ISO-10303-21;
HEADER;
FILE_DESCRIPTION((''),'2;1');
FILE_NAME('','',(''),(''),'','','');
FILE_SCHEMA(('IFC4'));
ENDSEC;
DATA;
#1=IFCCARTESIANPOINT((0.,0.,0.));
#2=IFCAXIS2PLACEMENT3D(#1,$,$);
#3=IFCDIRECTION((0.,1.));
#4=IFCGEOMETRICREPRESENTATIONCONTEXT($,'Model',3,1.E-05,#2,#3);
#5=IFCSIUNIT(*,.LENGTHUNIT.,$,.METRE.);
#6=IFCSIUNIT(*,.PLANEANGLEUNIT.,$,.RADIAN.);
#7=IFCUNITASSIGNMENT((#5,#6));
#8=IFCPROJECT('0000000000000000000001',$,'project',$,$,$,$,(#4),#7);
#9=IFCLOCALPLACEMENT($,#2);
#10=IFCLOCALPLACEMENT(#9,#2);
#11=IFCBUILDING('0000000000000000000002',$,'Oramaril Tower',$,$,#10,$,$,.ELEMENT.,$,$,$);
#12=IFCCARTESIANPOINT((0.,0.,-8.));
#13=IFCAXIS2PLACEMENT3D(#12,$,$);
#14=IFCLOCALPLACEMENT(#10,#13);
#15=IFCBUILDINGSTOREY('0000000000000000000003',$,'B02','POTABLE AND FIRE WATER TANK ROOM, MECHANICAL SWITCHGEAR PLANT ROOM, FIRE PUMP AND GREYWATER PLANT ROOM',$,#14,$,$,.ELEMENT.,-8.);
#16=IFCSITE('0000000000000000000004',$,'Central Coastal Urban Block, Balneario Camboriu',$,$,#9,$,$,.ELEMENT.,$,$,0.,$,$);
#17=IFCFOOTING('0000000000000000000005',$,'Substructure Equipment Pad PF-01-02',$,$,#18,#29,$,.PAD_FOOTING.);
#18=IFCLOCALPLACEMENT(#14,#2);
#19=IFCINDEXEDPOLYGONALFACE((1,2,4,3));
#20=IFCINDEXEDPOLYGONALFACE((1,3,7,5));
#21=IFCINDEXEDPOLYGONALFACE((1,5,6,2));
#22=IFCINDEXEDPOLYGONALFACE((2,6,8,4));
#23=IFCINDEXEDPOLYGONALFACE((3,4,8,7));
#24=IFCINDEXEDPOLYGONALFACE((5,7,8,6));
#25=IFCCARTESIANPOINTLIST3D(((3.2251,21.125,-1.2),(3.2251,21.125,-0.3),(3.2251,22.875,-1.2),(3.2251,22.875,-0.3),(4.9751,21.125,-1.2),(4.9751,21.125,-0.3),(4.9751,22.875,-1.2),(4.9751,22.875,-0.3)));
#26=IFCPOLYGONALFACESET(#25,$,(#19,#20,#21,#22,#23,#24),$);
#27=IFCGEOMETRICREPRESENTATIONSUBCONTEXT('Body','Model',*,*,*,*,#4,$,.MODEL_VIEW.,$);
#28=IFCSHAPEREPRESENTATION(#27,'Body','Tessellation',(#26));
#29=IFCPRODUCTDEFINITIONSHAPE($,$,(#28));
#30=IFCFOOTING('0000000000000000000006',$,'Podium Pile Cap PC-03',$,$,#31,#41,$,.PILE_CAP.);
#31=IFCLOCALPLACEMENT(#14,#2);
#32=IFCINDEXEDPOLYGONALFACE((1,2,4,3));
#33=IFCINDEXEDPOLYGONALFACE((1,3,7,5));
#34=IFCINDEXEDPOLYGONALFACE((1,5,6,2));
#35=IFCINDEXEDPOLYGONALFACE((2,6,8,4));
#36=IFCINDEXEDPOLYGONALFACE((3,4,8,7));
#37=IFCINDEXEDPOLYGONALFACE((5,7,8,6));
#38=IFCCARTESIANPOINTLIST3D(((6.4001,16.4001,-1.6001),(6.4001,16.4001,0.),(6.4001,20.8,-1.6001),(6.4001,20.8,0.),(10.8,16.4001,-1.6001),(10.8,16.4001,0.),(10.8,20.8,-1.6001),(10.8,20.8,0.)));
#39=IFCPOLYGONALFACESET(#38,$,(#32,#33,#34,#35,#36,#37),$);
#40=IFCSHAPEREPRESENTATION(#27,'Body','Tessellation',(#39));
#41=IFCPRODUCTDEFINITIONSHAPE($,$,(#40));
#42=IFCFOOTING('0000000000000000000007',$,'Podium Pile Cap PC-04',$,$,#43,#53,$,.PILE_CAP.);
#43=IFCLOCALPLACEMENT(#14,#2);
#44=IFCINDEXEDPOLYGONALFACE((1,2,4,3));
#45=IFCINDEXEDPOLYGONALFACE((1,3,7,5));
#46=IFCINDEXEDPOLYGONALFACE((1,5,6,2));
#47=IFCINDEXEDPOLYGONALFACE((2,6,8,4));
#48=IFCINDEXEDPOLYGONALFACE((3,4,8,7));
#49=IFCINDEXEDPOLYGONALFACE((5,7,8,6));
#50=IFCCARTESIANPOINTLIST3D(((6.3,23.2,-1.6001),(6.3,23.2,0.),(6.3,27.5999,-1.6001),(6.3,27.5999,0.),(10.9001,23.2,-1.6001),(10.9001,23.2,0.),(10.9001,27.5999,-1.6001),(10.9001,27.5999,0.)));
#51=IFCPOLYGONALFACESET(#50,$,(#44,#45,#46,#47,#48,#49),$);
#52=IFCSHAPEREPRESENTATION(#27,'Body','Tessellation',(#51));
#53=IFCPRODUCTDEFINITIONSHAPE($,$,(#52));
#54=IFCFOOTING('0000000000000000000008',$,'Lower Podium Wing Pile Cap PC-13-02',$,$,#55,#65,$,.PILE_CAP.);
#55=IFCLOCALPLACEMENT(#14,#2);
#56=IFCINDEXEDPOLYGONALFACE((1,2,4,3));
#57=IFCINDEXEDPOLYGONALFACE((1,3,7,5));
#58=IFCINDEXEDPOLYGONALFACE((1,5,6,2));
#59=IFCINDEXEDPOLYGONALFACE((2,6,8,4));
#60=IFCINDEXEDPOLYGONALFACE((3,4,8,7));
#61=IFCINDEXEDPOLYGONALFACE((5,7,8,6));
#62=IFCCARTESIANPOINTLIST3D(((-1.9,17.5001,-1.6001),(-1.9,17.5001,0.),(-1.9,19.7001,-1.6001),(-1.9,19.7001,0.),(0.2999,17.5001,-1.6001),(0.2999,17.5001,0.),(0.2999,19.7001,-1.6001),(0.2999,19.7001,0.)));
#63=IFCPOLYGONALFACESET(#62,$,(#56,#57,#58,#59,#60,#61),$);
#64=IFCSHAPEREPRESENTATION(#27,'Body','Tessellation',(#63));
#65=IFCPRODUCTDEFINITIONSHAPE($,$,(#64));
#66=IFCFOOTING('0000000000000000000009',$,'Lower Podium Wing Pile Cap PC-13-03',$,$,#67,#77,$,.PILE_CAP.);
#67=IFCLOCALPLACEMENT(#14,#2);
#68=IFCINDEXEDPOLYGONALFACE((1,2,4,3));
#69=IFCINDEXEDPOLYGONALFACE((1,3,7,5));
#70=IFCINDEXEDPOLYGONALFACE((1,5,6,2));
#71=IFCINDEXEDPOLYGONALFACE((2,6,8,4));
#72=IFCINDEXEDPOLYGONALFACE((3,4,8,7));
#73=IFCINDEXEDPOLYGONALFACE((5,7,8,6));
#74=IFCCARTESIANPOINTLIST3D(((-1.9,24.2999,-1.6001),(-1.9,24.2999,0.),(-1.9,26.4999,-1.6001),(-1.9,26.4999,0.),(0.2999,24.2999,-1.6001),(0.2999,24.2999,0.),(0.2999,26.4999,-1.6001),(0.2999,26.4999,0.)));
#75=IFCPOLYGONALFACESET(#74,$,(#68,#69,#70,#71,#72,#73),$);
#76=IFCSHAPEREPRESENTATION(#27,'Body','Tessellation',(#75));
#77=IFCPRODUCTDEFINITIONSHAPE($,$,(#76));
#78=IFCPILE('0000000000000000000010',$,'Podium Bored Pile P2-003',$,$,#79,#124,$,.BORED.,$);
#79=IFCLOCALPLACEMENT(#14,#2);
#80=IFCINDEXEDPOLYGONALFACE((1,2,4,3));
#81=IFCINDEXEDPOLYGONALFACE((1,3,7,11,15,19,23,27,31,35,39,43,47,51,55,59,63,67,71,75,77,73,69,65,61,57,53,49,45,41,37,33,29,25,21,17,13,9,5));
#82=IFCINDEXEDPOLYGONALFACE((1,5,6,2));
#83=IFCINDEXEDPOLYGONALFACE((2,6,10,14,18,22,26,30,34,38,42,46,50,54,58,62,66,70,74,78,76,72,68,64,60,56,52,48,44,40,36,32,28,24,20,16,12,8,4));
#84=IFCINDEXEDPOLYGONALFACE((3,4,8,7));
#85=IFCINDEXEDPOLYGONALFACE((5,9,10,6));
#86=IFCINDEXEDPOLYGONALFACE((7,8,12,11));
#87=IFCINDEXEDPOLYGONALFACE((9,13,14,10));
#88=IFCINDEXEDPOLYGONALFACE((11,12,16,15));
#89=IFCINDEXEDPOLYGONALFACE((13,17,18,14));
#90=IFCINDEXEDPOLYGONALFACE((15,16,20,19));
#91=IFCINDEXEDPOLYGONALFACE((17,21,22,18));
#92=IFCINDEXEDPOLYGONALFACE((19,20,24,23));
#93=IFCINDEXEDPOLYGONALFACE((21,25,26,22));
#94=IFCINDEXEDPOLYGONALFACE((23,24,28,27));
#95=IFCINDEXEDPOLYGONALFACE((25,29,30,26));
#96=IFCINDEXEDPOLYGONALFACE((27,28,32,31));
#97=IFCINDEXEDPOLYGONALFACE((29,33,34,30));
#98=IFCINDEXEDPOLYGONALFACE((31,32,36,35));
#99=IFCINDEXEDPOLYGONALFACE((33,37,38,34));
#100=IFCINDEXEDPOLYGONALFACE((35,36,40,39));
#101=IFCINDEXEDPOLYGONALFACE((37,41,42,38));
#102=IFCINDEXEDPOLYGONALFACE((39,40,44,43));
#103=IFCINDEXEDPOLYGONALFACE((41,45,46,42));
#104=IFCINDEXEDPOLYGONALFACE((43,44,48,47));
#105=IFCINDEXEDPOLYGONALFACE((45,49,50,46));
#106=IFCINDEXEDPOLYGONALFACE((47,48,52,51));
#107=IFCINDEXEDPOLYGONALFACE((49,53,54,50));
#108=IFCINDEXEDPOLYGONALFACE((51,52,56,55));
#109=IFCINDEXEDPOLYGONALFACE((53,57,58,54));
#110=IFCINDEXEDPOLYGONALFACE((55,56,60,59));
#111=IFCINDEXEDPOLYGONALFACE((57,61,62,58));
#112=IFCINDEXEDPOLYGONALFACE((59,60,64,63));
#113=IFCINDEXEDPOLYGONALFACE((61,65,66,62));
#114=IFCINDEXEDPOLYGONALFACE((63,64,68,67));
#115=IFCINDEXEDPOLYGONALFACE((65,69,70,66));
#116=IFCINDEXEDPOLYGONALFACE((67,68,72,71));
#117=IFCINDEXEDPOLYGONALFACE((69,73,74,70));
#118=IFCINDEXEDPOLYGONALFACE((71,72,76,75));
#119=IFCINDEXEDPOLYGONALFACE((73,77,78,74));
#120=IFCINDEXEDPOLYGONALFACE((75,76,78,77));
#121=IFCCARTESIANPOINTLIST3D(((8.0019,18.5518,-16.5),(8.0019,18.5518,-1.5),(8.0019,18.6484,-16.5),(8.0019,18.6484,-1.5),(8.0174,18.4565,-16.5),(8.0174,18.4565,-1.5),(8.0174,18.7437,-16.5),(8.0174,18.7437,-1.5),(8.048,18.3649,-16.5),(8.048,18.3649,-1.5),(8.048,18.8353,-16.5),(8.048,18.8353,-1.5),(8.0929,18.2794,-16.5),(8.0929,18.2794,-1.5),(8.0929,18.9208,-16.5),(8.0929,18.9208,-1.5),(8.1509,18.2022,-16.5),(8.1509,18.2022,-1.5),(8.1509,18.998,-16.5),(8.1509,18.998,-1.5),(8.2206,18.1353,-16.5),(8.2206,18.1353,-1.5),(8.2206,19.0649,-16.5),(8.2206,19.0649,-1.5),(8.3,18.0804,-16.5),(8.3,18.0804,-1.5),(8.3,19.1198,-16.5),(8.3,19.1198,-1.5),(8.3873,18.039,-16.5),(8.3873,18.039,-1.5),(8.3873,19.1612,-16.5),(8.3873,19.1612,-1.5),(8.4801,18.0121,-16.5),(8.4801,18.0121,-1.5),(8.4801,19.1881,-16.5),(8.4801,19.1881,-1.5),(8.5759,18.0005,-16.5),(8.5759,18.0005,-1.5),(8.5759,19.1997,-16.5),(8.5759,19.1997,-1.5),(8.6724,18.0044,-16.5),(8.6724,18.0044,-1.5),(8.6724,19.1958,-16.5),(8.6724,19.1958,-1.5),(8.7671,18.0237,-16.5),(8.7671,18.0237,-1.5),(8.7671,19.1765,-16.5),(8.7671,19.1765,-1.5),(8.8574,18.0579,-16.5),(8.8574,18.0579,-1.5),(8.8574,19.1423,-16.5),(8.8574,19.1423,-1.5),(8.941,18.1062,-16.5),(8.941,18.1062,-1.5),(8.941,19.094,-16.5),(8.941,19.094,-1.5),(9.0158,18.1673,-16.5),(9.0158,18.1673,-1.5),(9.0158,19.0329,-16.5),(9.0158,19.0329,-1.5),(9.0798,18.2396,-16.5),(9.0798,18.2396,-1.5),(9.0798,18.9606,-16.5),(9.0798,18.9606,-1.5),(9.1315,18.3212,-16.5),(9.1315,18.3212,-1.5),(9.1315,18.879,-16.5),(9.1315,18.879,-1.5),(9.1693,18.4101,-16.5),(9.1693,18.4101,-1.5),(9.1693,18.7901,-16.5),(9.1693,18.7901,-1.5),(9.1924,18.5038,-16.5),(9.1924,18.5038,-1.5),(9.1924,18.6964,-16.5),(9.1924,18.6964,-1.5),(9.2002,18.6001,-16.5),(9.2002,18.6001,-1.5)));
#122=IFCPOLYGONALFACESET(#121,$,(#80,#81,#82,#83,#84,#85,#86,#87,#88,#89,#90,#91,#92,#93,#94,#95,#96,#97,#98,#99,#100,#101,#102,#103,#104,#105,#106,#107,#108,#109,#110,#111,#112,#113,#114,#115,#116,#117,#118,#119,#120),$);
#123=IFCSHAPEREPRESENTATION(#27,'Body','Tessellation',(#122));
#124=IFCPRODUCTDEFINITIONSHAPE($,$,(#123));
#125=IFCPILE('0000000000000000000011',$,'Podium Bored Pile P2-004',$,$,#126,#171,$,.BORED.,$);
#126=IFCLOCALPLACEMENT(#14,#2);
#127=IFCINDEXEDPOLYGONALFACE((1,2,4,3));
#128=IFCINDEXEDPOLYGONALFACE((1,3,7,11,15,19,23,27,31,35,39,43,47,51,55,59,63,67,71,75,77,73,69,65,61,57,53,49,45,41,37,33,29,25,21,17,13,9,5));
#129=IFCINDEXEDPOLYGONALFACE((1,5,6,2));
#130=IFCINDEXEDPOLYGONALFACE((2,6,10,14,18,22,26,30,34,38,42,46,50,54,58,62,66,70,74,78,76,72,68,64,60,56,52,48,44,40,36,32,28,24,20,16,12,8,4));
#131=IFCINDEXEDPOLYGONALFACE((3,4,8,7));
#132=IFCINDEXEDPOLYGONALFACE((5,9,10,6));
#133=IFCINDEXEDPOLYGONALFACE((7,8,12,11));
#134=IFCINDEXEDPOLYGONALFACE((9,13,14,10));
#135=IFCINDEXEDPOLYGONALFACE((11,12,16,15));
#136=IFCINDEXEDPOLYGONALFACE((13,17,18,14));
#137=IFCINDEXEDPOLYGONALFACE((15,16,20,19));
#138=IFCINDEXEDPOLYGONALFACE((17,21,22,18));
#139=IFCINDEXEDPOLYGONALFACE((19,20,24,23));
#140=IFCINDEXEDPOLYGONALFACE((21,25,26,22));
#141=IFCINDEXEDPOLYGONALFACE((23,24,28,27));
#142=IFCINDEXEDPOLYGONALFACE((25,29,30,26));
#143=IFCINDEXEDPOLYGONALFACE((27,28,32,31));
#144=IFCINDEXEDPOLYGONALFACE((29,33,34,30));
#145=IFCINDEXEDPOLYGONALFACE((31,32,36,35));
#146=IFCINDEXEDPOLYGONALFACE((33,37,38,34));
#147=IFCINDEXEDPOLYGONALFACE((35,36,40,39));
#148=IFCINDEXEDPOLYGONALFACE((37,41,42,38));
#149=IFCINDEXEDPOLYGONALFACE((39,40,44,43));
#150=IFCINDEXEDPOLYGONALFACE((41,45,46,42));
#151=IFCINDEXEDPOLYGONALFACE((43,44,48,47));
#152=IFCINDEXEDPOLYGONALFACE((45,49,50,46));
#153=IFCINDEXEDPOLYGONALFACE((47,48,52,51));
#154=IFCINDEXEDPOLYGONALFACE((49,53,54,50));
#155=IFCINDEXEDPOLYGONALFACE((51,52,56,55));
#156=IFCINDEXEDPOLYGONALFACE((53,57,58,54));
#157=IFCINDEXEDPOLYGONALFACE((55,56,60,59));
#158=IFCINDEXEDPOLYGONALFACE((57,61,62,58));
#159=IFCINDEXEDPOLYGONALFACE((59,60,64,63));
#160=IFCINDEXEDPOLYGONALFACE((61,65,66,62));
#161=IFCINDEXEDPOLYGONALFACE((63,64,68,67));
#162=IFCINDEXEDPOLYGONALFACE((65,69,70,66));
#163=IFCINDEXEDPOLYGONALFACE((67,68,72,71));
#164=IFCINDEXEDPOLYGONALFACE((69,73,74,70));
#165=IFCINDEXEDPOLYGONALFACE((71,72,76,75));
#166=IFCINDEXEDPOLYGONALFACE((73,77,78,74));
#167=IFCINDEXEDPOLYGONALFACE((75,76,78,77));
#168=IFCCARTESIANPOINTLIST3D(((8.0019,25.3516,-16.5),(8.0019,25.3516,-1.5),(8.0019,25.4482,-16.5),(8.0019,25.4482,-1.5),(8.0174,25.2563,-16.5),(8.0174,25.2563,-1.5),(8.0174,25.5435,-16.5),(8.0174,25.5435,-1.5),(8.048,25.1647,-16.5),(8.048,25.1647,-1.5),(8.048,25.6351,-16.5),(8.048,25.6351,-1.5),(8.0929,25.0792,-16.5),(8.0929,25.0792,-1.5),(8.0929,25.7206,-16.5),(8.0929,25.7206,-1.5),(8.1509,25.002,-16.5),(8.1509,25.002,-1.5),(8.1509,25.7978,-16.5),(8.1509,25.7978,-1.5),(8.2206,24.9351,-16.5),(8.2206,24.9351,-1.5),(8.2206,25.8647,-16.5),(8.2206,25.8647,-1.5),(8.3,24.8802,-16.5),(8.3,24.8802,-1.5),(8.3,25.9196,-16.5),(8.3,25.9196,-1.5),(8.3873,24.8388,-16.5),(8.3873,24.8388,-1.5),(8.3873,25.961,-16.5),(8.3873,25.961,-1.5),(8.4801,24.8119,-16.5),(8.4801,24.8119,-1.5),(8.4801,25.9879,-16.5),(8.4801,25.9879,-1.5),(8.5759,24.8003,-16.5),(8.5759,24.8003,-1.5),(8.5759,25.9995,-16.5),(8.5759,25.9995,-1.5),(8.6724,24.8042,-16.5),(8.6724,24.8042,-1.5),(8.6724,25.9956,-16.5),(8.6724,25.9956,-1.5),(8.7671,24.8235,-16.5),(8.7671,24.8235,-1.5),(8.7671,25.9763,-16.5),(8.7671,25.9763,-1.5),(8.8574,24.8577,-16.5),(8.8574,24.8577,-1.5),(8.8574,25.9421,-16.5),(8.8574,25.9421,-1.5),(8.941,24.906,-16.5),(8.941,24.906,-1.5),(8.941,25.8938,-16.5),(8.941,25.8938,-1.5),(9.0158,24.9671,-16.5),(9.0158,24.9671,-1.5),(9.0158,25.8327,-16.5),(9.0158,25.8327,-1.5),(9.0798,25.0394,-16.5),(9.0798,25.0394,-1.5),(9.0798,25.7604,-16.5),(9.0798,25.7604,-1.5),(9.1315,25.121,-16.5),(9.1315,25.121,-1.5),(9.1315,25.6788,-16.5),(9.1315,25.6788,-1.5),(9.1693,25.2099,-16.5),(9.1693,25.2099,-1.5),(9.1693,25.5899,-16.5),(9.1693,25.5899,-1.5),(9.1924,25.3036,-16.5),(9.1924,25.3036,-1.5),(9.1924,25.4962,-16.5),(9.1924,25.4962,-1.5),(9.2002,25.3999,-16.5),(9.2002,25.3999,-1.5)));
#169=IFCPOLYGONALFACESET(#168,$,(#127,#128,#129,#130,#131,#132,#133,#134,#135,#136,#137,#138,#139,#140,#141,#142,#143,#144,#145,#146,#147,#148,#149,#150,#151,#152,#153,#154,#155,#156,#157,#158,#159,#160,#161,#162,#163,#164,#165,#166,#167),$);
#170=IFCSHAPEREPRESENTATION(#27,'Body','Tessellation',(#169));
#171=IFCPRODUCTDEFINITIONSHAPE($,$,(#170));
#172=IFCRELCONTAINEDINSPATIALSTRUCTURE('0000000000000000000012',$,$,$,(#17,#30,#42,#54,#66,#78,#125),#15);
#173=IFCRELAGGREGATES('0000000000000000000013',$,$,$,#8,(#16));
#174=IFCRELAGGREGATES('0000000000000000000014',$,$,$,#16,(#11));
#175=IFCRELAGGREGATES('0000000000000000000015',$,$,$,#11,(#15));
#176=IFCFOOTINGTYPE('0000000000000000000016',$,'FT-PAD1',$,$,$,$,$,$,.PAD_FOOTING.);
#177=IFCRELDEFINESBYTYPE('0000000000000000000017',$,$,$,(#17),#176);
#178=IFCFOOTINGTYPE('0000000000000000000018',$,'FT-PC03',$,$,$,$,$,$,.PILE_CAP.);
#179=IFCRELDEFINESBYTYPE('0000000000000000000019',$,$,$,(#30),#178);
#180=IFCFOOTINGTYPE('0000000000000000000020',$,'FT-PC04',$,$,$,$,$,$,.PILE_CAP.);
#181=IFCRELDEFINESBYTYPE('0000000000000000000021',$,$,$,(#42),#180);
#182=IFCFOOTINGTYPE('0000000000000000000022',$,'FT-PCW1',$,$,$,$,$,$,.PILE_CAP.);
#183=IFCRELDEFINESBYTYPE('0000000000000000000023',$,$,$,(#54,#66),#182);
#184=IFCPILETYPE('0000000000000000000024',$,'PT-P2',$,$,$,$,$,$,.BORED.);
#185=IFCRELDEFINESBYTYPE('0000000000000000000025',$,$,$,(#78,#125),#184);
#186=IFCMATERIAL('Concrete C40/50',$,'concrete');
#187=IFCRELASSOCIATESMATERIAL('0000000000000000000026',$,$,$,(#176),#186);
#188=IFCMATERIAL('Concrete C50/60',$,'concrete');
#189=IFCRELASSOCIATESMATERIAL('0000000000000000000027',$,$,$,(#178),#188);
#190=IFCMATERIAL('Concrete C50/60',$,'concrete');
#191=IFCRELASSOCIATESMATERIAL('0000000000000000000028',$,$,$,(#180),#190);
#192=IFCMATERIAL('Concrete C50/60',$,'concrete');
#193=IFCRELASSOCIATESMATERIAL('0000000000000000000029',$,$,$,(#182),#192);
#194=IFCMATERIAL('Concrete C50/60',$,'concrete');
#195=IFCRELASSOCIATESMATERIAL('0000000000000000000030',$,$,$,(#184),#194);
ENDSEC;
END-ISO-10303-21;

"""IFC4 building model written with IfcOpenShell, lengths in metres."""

from ifc_helpers import new_model, si_unit, direction, frame, origin, origin_2d, place, context, subcontext, project, spatial, rectangle, circle, extrude, material, material_profile, profile_set, type_object, element, save


model = new_model("IFC4")

# Units and contexts
model_context = context("Model", 3, precision=1e-05, world=origin(), true_north=direction((0.0, 1.0)))
body_context = subcontext(model_context, "Body", "Model", "MODEL_VIEW")
ifc_project = project(units=[si_unit("LENGTHUNIT", "METRE"), si_unit("PLANEANGLEUNIT", "RADIAN")], contexts=[model_context])

# Site, building, storey
site_placement = place(None, origin())
site = spatial("IfcSite", under=ifc_project, at=site_placement, Name="Central Coastal Urban Block, Balneario Camboriu", CompositionType="ELEMENT", RefElevation=0.0)
building_placement = place(site_placement, origin())
building = spatial("IfcBuilding", under=site, at=building_placement, Name="Oramaril Tower", CompositionType="ELEMENT")
storey_placement = place(building_placement, frame((0.0, 0.0, -8.0)))
storey = spatial("IfcBuildingStorey", under=building, at=storey_placement, Name="B02", Description="POTABLE AND FIRE WATER TANK ROOM, MECHANICAL SWITCHGEAR PLANT ROOM, FIRE PUMP AND GREYWATER PLANT ROOM", CompositionType="ELEMENT", Elevation=-8.0)

# Footings
ifc_material_1 = material(Name="Concrete C40/50", Category="concrete")
footing_type_1 = type_object("IfcFootingType", Name="FT-PAD1", PredefinedType="PAD_FOOTING", material=ifc_material_1)
footing_1_placement = place(storey_placement, frame((4.1001, 22.0, -1.2), z_axis=(0.0, 0.0, 1.0), x_axis=(1.0, 0.0, 0.0)))
element("IfcFooting", 1, at=footing_1_placement, inside=storey, type_object=footing_type_1, Name="Substructure Equipment Pad PF-01-02", PredefinedType="PAD_FOOTING", context=body_context, shape_type="SweptSolid", body=[
    extrude(rectangle(XDim=1.75, YDim=1.75, at=origin_2d()), origin(), (0.0, 0.0, 1.0), 0.8999),
])
ifc_material_2 = material(Name="Concrete C50/60", Category="concrete")
footing_type_2 = type_object("IfcFootingType", Name="FT-PC03", PredefinedType="PILE_CAP", material=ifc_material_2)
footing_2_placement = place(storey_placement, frame((8.6001, 18.6001, -1.6001), z_axis=(0.0, 0.0, 1.0), x_axis=(1.0, 0.0, 0.0)))
element("IfcFooting", 2, at=footing_2_placement, inside=storey, type_object=footing_type_2, Name="Podium Pile Cap PC-03", PredefinedType="PILE_CAP", context=body_context, shape_type="SweptSolid", body=[
    extrude(rectangle(XDim=4.3999, YDim=4.3999, at=origin_2d()), origin(), (0.0, 0.0, 1.0), 1.6001),
])
ifc_material_3 = material(Name="Concrete C50/60", Category="concrete")
footing_type_3 = type_object("IfcFootingType", Name="FT-PC04", PredefinedType="PILE_CAP", material=ifc_material_3)
footing_3_placement = place(storey_placement, frame((8.6001, 25.3999, -1.6001), z_axis=(0.0, 0.0, 1.0), x_axis=(1.0, 0.0, 0.0)))
element("IfcFooting", 3, at=footing_3_placement, inside=storey, type_object=footing_type_3, Name="Podium Pile Cap PC-04", PredefinedType="PILE_CAP", context=body_context, shape_type="SweptSolid", body=[
    extrude(rectangle(XDim=4.6001, YDim=4.3999, at=origin_2d()), origin(), (0.0, 0.0, 1.0), 1.6001),
])
ifc_material_4 = material(Name="Concrete C50/60", Category="concrete")
footing_type_4 = type_object("IfcFootingType", Name="FT-PCW1", PredefinedType="PILE_CAP", material=ifc_material_4)
for number, where, z_axis, x_axis, name in (
    (4, (-0.8, 18.6001, -1.6001), (0.0, 0.0, 1.0), (1.0, 0.0, 0.0), "Lower Podium Wing Pile Cap PC-13-02"),
    (5, (-0.8, 25.3999, -1.6001), (0.0, 0.0, 1.0), (1.0, 0.0, 0.0), "Lower Podium Wing Pile Cap PC-13-03"),
):
    element("IfcFooting", number, at=place(storey_placement, frame(where, z_axis=z_axis, x_axis=x_axis)), inside=storey, type_object=footing_type_4, Name=name, PredefinedType="PILE_CAP", context=body_context, shape_type="SweptSolid", body=[
        extrude(rectangle(XDim=2.2, YDim=2.2, at=origin_2d()), origin(), (0.0, 0.0, 1.0), 1.6001),
    ])

# Piles
ifc_material_5 = material(Name="Concrete C50/60", Category="concrete")
ifc_material_profile_1 = material_profile(ifc_material_5, circle(Radius=0.6001, at=origin_2d()), Name="D1200")
ifc_profile_set_1 = profile_set([ifc_material_profile_1], Name="Concrete C50/60")
pile_type = type_object("IfcPileType", Name="PT-P2", PredefinedType="BORED", material=ifc_profile_set_1)
for number, where, z_axis, x_axis, name in (
    (6, (8.6001, 18.6001, -1.5), (0.0, 0.0, -1.0), (1.0, 0.0, 0.0), "Podium Bored Pile P2-003"),
    (7, (8.6001, 25.3999, -1.5), (0.0, 0.0, -1.0), (1.0, 0.0, 0.0), "Podium Bored Pile P2-004"),
):
    element("IfcPile", number, at=place(storey_placement, frame(where, z_axis=z_axis, x_axis=x_axis)), inside=storey, type_object=pile_type, Name=name, PredefinedType="BORED", context=body_context, shape_type="SweptSolid", body=[
        extrude(circle(Radius=0.6001, at=origin_2d()), origin(), (0.0, 0.0, 1.0), 15.0),
    ])

save(model, "model.ifc")
